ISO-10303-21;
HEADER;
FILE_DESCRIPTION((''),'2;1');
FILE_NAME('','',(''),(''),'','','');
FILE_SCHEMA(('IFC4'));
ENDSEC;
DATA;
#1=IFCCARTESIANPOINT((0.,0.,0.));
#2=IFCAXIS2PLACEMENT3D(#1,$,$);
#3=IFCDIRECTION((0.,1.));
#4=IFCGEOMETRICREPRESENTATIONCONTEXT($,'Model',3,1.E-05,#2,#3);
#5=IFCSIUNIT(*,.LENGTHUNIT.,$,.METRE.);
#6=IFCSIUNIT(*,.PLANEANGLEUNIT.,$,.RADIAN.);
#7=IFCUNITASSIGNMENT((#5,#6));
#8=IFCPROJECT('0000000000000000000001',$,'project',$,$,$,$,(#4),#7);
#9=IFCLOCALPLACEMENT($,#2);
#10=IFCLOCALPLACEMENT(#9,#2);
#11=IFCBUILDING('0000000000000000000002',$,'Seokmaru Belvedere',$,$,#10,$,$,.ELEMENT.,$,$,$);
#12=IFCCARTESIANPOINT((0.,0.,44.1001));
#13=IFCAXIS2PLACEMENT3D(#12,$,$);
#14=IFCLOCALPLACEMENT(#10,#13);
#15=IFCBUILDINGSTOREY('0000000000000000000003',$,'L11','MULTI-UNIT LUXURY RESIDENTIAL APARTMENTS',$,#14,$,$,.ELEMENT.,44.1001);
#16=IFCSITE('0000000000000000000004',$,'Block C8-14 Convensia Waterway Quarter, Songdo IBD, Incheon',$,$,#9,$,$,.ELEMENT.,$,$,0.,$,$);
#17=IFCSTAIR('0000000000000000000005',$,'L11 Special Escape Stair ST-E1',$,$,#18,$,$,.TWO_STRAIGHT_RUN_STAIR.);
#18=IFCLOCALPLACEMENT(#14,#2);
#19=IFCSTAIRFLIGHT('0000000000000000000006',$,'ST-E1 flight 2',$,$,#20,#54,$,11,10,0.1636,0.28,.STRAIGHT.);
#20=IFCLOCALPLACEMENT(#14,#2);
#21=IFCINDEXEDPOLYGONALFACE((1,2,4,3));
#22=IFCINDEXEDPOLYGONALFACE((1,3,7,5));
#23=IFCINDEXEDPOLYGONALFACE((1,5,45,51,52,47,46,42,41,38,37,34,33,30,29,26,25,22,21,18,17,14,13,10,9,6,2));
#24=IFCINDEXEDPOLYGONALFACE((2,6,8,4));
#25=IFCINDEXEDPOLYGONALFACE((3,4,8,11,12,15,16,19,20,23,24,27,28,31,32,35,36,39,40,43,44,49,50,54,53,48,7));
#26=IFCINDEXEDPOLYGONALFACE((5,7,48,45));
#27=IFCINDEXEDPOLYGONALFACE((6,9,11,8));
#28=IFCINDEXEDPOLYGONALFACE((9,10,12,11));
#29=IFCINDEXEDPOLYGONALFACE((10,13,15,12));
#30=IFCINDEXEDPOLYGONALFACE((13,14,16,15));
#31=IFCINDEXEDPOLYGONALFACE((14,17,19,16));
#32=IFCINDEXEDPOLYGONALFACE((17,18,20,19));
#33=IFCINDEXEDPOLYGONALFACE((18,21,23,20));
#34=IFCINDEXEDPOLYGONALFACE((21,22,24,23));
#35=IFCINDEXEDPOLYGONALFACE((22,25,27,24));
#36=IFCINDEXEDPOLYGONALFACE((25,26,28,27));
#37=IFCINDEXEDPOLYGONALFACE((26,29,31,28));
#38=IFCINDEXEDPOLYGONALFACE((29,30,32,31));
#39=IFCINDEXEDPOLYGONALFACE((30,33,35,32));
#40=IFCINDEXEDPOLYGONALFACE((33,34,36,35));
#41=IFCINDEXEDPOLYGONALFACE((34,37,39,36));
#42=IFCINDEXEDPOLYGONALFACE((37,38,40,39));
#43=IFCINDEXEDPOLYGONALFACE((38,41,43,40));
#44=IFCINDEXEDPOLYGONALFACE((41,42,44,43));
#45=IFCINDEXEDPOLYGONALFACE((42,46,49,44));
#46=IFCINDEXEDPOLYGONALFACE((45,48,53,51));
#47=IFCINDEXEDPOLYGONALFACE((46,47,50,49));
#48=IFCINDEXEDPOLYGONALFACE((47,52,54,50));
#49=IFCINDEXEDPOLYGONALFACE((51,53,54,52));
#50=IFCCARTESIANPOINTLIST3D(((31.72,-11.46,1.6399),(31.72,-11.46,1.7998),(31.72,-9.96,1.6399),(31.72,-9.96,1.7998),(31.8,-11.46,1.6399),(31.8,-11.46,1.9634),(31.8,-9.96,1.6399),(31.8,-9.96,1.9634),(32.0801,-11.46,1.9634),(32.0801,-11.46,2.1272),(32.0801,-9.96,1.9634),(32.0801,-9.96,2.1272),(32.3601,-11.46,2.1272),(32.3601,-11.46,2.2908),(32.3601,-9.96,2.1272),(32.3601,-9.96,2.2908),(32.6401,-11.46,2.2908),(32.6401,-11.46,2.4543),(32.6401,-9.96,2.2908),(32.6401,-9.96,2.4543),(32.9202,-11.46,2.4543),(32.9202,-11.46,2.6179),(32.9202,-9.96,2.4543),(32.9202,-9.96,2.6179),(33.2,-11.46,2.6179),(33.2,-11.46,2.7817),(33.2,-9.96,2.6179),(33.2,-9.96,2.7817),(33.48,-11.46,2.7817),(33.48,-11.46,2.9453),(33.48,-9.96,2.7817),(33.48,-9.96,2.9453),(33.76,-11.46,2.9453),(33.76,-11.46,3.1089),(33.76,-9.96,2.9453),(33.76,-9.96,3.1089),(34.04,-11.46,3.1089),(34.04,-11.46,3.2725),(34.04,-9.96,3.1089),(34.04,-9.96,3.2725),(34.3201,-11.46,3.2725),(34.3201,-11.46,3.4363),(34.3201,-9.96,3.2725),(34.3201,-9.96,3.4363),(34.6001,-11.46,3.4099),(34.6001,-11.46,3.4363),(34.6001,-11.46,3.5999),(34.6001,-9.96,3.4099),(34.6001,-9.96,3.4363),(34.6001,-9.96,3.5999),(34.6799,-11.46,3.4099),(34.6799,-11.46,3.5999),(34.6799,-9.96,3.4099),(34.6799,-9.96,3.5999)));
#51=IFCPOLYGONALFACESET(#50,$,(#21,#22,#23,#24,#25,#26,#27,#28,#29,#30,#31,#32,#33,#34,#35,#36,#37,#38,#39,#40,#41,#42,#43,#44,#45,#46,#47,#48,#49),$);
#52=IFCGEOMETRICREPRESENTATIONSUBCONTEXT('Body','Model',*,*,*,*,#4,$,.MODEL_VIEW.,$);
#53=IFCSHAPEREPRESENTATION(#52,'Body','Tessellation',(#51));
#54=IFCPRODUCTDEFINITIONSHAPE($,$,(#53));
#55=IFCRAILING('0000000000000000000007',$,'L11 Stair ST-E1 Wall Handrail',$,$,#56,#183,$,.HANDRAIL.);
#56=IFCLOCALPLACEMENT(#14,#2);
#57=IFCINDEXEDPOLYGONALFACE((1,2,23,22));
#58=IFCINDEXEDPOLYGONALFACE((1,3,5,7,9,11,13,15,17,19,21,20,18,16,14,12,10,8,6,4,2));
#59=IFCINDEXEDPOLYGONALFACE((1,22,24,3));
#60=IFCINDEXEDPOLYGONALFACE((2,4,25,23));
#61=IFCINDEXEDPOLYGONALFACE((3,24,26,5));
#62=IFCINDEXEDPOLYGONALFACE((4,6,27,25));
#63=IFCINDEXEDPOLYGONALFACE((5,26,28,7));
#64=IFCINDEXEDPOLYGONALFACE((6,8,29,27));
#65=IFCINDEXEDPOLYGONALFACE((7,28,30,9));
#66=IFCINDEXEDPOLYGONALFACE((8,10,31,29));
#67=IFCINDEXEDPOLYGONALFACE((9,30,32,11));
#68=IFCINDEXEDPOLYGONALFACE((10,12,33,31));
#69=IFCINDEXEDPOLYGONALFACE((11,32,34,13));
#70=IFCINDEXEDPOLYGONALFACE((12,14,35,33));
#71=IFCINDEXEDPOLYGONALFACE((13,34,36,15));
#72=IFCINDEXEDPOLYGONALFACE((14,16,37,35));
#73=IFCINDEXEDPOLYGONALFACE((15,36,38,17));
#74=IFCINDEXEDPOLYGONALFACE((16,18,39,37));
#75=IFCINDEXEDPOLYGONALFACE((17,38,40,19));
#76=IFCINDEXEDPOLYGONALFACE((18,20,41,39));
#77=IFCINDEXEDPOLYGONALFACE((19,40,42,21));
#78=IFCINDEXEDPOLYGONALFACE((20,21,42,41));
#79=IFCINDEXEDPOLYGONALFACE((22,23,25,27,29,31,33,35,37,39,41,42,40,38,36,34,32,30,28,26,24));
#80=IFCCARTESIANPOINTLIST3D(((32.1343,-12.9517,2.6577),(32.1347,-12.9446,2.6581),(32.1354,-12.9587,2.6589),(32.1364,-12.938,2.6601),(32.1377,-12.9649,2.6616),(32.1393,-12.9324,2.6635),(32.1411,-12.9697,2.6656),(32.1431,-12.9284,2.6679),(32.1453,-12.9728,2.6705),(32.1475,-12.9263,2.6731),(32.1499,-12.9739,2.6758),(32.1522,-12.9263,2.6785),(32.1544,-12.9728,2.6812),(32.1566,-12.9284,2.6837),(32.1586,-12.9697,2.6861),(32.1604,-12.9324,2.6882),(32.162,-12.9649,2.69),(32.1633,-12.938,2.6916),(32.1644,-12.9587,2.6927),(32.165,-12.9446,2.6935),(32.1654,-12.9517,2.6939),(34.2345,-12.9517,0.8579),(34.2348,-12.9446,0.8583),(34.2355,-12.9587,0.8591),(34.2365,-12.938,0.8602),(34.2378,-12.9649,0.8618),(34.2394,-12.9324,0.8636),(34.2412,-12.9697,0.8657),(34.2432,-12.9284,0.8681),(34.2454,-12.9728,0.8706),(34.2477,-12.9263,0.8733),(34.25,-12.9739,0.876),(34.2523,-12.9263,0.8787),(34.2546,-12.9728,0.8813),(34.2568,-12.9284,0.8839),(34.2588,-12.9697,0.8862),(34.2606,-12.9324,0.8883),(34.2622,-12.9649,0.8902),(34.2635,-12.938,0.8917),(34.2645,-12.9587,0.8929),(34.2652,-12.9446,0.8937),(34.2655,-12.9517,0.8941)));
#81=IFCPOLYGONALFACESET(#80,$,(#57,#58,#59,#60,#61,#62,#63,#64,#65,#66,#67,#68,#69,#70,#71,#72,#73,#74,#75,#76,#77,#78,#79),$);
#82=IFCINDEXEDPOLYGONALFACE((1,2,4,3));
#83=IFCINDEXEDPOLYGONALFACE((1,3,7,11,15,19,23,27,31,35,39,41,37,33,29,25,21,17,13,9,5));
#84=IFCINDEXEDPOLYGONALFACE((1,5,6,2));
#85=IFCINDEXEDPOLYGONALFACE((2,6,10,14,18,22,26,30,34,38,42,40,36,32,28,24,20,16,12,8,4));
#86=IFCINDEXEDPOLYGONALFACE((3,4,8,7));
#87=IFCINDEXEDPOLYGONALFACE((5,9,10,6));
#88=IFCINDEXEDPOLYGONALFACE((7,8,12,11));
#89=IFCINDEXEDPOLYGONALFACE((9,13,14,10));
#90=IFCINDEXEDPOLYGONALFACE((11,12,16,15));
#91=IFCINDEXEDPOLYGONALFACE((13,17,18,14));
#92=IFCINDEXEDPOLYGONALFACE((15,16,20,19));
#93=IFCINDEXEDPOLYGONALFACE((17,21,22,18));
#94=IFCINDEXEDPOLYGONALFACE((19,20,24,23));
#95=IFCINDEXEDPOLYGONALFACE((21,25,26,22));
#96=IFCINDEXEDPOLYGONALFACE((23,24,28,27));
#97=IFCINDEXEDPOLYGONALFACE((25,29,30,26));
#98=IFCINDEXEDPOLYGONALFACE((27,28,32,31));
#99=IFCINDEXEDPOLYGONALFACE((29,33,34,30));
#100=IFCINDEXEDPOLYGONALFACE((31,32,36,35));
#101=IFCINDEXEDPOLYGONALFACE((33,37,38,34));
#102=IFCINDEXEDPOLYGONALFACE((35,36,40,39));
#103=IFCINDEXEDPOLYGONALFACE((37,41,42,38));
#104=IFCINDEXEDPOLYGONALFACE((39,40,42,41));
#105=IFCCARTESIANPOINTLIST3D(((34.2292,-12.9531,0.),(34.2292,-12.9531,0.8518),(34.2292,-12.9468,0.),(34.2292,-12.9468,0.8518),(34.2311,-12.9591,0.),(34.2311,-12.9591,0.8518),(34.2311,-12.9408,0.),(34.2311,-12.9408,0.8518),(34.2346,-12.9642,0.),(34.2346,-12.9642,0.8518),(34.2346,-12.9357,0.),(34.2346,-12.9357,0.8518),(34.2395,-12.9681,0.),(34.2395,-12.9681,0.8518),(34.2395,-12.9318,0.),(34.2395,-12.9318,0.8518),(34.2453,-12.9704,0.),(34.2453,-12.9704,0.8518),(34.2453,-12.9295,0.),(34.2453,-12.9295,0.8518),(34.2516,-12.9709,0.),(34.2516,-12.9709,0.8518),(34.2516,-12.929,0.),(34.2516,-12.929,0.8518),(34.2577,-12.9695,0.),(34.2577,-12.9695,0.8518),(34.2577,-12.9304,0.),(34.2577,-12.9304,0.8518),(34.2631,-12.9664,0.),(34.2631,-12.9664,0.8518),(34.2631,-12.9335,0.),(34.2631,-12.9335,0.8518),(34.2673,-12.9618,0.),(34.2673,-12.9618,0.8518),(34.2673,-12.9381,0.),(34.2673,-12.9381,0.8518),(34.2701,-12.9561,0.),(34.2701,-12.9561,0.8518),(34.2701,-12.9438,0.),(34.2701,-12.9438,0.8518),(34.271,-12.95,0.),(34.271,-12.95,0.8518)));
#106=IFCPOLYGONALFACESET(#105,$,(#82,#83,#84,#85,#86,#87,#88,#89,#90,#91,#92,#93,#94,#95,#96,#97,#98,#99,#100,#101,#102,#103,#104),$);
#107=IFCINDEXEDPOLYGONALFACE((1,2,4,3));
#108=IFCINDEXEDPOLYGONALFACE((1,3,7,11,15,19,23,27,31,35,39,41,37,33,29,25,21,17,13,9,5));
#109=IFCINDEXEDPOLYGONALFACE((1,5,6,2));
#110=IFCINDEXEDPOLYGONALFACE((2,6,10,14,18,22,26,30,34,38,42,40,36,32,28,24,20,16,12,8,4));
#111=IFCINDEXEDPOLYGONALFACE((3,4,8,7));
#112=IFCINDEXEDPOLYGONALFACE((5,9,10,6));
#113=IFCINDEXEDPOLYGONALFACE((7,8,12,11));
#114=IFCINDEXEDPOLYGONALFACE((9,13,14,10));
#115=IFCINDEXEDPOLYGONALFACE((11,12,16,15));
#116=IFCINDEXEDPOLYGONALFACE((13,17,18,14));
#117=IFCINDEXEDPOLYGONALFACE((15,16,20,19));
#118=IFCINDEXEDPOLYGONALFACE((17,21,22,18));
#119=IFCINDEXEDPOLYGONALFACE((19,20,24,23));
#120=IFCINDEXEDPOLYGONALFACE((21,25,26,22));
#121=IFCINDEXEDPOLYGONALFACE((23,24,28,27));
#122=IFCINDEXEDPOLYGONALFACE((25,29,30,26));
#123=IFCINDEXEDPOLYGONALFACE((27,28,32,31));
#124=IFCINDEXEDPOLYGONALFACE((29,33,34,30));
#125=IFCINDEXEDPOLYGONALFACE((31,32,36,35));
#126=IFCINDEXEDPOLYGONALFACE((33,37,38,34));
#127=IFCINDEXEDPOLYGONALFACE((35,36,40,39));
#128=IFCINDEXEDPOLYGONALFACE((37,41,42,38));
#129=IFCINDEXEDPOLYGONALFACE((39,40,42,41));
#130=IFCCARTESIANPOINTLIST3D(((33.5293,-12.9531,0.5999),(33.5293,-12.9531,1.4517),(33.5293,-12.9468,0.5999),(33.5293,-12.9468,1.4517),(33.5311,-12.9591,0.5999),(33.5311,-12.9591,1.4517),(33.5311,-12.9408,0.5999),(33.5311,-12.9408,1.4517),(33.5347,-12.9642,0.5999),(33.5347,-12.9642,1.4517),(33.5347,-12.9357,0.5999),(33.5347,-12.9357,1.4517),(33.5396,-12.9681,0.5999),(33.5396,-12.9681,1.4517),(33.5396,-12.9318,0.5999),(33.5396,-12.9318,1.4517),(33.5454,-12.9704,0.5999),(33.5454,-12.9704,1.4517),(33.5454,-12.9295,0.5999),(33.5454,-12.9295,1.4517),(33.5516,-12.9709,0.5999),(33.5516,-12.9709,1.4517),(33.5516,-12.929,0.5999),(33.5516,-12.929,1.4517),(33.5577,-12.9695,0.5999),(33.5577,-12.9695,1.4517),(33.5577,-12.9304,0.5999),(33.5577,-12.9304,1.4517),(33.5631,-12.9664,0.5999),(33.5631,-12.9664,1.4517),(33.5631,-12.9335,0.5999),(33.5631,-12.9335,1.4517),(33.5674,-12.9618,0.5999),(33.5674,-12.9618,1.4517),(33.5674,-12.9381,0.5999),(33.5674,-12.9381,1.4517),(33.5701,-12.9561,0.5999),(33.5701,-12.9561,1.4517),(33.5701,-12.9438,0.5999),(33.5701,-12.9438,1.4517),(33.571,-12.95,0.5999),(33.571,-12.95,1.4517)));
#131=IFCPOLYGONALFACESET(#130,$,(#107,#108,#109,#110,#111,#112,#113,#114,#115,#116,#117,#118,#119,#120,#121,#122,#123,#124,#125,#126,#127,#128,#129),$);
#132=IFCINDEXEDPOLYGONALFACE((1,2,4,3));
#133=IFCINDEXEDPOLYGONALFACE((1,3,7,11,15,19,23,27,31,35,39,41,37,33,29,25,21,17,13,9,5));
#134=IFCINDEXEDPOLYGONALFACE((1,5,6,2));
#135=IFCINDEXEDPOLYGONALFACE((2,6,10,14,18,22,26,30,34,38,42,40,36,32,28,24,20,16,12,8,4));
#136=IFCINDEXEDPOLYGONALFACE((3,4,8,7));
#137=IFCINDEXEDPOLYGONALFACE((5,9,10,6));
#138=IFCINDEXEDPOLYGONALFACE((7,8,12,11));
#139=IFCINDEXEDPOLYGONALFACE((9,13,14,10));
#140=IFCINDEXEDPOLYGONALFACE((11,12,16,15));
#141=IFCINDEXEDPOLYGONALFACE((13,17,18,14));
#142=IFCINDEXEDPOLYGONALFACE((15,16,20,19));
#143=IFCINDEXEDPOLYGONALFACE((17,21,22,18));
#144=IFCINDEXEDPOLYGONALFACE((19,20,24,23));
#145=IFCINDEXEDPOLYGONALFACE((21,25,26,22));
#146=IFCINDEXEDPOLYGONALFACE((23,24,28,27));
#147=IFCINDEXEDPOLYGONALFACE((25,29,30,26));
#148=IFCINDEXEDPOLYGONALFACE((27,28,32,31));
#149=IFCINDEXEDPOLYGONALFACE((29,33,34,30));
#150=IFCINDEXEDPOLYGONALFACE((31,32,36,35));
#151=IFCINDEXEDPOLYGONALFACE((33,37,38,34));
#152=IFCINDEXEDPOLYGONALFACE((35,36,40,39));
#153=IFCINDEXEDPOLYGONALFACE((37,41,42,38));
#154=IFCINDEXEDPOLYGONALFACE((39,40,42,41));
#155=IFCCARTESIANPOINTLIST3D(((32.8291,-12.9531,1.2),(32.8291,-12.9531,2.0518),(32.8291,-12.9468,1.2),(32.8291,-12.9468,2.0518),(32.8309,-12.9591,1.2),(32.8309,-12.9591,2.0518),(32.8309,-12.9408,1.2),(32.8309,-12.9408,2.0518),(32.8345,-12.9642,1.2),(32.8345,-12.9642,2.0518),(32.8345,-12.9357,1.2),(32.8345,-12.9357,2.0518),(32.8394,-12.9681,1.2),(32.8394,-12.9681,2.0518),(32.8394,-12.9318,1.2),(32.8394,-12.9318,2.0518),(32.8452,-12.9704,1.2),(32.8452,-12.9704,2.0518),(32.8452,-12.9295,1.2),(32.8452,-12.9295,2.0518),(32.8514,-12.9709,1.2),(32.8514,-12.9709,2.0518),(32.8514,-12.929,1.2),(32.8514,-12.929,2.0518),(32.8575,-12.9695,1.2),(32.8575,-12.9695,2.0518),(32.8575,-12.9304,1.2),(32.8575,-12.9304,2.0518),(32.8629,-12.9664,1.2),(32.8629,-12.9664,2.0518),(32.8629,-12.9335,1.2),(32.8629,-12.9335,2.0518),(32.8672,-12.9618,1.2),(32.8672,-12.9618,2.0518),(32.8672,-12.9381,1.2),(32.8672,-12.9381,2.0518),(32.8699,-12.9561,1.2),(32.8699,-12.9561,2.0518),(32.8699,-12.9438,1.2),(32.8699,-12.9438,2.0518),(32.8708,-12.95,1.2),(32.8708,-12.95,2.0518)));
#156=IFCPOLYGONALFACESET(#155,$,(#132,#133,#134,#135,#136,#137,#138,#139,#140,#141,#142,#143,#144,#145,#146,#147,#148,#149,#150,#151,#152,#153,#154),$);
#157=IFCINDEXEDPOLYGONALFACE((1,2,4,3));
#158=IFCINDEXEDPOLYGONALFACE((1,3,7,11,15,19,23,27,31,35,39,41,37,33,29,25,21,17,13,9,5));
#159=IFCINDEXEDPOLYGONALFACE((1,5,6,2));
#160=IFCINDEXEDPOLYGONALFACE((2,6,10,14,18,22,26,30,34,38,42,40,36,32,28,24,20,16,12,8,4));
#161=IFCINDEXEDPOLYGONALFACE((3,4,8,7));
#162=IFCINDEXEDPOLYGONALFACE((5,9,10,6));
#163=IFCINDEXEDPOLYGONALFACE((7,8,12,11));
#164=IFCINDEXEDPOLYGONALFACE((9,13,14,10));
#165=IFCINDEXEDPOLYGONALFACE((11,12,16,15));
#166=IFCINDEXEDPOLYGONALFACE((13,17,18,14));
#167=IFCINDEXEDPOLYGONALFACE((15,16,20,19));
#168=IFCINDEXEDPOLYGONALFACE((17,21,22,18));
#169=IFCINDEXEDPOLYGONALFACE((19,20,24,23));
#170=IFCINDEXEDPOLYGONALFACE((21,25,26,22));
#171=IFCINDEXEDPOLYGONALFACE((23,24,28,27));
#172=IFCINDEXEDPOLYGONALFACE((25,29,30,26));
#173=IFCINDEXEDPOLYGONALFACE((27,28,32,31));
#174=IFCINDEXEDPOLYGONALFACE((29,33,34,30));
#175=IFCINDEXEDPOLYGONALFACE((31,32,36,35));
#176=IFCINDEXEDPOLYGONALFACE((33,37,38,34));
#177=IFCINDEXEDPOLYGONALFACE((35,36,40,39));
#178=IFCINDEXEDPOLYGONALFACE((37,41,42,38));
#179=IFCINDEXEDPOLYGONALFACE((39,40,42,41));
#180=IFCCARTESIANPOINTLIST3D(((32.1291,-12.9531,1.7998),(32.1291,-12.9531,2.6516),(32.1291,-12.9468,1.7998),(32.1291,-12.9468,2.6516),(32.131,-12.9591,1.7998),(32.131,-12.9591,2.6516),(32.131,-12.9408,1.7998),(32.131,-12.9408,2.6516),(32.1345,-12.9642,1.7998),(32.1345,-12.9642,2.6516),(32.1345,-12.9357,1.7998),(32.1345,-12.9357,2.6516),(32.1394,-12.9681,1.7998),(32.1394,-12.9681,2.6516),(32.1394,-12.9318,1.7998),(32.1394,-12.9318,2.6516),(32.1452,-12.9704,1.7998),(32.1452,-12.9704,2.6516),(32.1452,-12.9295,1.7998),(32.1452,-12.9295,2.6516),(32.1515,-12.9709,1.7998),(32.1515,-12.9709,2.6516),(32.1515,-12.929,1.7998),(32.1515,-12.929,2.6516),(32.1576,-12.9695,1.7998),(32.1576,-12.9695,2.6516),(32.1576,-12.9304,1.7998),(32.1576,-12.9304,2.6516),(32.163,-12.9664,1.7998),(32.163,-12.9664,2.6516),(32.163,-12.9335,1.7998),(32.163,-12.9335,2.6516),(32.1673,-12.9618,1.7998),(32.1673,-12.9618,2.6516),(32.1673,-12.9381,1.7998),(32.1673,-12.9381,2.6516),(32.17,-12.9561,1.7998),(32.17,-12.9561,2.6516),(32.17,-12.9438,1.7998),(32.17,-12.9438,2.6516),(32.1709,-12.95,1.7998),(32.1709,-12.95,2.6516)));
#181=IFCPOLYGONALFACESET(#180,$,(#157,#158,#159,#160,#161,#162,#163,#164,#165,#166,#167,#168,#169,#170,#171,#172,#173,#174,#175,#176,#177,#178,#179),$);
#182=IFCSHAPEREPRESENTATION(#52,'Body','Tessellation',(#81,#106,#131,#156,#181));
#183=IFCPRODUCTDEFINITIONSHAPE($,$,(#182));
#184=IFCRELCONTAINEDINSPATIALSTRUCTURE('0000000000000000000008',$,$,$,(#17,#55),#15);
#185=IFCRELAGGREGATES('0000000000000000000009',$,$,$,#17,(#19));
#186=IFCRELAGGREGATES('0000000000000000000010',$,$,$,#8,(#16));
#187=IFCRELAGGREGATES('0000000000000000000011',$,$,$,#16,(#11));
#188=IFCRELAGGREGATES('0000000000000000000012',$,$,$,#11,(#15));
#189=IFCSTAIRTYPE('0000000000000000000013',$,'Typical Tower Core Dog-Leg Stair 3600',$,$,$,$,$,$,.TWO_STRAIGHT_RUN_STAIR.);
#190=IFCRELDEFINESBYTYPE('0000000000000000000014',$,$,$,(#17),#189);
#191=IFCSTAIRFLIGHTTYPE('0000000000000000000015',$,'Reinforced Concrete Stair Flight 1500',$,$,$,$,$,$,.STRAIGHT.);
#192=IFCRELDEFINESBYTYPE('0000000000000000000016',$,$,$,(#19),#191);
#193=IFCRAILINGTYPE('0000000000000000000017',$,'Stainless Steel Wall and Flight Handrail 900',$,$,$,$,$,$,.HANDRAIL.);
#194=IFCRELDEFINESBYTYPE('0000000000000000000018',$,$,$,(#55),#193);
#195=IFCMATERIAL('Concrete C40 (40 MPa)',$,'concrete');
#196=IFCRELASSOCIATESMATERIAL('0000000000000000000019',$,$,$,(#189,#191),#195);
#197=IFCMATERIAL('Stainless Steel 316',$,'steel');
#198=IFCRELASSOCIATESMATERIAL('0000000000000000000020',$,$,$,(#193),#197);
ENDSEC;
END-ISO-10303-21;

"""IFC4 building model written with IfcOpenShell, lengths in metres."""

from ifc_helpers import new_model, si_unit, direction, frame, origin, origin_2d, place, context, subcontext, project, spatial, polyline, circle, outline, extrude, material, type_object, element, aggregate, save


model = new_model("IFC4")

# Units and contexts
model_context = context("Model", 3, precision=1e-05, world=origin(), true_north=direction((0.0, 1.0)))
body_context = subcontext(model_context, "Body", "Model", "MODEL_VIEW")
ifc_project = project(units=[si_unit("LENGTHUNIT", "METRE"), si_unit("PLANEANGLEUNIT", "RADIAN")], contexts=[model_context])

# Site, building, storey
site_placement = place(None, origin())
site = spatial("IfcSite", under=ifc_project, at=site_placement, Name="Block C8-14 Convensia Waterway Quarter, Songdo IBD, Incheon", CompositionType="ELEMENT", RefElevation=0.0)
building_placement = place(site_placement, origin())
building = spatial("IfcBuilding", under=site, at=building_placement, Name="Seokmaru Belvedere", CompositionType="ELEMENT")
storey_placement = place(building_placement, frame((0.0, 0.0, 44.1001)))
storey = spatial("IfcBuildingStorey", under=building, at=storey_placement, Name="L11", Description="MULTI-UNIT LUXURY RESIDENTIAL APARTMENTS", CompositionType="ELEMENT", Elevation=44.1001)

# Shared definitions
ifc_material_1 = material(Name="Stainless Steel 316", Category="steel")

# Stair, stair flight
ifc_material_2 = material(Name="Concrete C40 (40 MPa)", Category="concrete")
stair_type = type_object("IfcStairType", Name="Typical Tower Core Dog-Leg Stair 3600", PredefinedType="TWO_STRAIGHT_RUN_STAIR", material=ifc_material_2)
stair_placement = place(storey_placement, origin())
stair = element("IfcStair", 1, at=stair_placement, inside=storey, type_object=stair_type, Name="L11 Special Escape Stair ST-E1", PredefinedType="TWO_STRAIGHT_RUN_STAIR")
stair_flight_type = type_object("IfcStairFlightType", Name="Reinforced Concrete Stair Flight 1500", PredefinedType="STRAIGHT", material=ifc_material_2)
stair_flight_1_placement = place(storey_placement, frame((31.8, -10.71, 1.7998), z_axis=(0.0, 0.0, 1.0), x_axis=(1.0, 0.0, 0.0)))
stair_flight_1 = element("IfcStairFlight", 2, at=stair_flight_1_placement, type_object=stair_flight_type, Name="ST-E1 flight 2", NumberOfRisers=11, NumberOfTreads=10, PredefinedType="STRAIGHT", RiserHeight=0.1636, TreadLength=0.28, context=body_context, shape_type="SweptSolid", body=[
    extrude(outline(polyline([(-0.0801, 0.0), (0.0, 0.1636), (0.28, 0.1636), (0.28, 0.3274), (0.5601, 0.3274), (0.5601, 0.491), (0.8401, 0.491), (0.8401, 0.6545), (1.1201, 0.6545), (1.1201, 0.8181), (1.3999, 0.8181), (1.3999, 0.9819), (1.6799, 0.9819), (1.6799, 1.1455), (1.96, 1.1455), (1.96, 1.3091), (2.24, 1.3091), (2.24, 1.4727), (2.52, 1.4727), (2.52, 1.6365), (2.8, 1.6365), (2.8, 1.8), (2.8799, 1.8), (2.8799, 1.6101), (2.8, 1.6101), (0.0, -0.1599), (-0.0801, -0.1599), (-0.0801, 0.0)])), frame((0.0, 0.75, 0.0), z_axis=(0.0, -1.0, 0.0), x_axis=(1.0, 0.0, 0.0)), (0.0, 0.0, 1.0), 1.5),
])
aggregate(stair, [stair_flight_1])

# Railing
railing_type_1 = type_object("IfcRailingType", Name="Stainless Steel Wall and Flight Handrail 900", PredefinedType="HANDRAIL", material=ifc_material_1)
railing_1_placement = place(storey_placement, frame((34.25, -12.95, 0.0)))
element("IfcRailing", 3, at=railing_1_placement, inside=storey, type_object=railing_type_1, Name="L11 Stair ST-E1 Wall Handrail", PredefinedType="HANDRAIL", context=body_context, shape_type="SweptSolid", body=[
    extrude(circle(Radius=0.0239, at=origin_2d()), frame((0.0, 0.0, 0.876), z_axis=(-0.759306, 0.0, 0.650733), x_axis=(0.0, -1.0, 0.0)), (0.0, 0.0, 1.0), 2.7659),
    extrude(circle(Radius=0.021, at=origin_2d()), origin(), (0.0, 0.0, 1.0), 0.8518),
    extrude(circle(Radius=0.021, at=origin_2d()), frame((-0.7, 0.0, 0.5999)), (0.0, 0.0, 1.0), 0.8518),
    extrude(circle(Radius=0.021, at=origin_2d()), frame((-1.4001, 0.0, 1.2)), (0.0, 0.0, 1.0), 0.8518),
    extrude(circle(Radius=0.021, at=origin_2d()), frame((-2.1001, 0.0, 1.7998)), (0.0, 0.0, 1.0), 0.8518),
])

save(model, "model.ifc")
